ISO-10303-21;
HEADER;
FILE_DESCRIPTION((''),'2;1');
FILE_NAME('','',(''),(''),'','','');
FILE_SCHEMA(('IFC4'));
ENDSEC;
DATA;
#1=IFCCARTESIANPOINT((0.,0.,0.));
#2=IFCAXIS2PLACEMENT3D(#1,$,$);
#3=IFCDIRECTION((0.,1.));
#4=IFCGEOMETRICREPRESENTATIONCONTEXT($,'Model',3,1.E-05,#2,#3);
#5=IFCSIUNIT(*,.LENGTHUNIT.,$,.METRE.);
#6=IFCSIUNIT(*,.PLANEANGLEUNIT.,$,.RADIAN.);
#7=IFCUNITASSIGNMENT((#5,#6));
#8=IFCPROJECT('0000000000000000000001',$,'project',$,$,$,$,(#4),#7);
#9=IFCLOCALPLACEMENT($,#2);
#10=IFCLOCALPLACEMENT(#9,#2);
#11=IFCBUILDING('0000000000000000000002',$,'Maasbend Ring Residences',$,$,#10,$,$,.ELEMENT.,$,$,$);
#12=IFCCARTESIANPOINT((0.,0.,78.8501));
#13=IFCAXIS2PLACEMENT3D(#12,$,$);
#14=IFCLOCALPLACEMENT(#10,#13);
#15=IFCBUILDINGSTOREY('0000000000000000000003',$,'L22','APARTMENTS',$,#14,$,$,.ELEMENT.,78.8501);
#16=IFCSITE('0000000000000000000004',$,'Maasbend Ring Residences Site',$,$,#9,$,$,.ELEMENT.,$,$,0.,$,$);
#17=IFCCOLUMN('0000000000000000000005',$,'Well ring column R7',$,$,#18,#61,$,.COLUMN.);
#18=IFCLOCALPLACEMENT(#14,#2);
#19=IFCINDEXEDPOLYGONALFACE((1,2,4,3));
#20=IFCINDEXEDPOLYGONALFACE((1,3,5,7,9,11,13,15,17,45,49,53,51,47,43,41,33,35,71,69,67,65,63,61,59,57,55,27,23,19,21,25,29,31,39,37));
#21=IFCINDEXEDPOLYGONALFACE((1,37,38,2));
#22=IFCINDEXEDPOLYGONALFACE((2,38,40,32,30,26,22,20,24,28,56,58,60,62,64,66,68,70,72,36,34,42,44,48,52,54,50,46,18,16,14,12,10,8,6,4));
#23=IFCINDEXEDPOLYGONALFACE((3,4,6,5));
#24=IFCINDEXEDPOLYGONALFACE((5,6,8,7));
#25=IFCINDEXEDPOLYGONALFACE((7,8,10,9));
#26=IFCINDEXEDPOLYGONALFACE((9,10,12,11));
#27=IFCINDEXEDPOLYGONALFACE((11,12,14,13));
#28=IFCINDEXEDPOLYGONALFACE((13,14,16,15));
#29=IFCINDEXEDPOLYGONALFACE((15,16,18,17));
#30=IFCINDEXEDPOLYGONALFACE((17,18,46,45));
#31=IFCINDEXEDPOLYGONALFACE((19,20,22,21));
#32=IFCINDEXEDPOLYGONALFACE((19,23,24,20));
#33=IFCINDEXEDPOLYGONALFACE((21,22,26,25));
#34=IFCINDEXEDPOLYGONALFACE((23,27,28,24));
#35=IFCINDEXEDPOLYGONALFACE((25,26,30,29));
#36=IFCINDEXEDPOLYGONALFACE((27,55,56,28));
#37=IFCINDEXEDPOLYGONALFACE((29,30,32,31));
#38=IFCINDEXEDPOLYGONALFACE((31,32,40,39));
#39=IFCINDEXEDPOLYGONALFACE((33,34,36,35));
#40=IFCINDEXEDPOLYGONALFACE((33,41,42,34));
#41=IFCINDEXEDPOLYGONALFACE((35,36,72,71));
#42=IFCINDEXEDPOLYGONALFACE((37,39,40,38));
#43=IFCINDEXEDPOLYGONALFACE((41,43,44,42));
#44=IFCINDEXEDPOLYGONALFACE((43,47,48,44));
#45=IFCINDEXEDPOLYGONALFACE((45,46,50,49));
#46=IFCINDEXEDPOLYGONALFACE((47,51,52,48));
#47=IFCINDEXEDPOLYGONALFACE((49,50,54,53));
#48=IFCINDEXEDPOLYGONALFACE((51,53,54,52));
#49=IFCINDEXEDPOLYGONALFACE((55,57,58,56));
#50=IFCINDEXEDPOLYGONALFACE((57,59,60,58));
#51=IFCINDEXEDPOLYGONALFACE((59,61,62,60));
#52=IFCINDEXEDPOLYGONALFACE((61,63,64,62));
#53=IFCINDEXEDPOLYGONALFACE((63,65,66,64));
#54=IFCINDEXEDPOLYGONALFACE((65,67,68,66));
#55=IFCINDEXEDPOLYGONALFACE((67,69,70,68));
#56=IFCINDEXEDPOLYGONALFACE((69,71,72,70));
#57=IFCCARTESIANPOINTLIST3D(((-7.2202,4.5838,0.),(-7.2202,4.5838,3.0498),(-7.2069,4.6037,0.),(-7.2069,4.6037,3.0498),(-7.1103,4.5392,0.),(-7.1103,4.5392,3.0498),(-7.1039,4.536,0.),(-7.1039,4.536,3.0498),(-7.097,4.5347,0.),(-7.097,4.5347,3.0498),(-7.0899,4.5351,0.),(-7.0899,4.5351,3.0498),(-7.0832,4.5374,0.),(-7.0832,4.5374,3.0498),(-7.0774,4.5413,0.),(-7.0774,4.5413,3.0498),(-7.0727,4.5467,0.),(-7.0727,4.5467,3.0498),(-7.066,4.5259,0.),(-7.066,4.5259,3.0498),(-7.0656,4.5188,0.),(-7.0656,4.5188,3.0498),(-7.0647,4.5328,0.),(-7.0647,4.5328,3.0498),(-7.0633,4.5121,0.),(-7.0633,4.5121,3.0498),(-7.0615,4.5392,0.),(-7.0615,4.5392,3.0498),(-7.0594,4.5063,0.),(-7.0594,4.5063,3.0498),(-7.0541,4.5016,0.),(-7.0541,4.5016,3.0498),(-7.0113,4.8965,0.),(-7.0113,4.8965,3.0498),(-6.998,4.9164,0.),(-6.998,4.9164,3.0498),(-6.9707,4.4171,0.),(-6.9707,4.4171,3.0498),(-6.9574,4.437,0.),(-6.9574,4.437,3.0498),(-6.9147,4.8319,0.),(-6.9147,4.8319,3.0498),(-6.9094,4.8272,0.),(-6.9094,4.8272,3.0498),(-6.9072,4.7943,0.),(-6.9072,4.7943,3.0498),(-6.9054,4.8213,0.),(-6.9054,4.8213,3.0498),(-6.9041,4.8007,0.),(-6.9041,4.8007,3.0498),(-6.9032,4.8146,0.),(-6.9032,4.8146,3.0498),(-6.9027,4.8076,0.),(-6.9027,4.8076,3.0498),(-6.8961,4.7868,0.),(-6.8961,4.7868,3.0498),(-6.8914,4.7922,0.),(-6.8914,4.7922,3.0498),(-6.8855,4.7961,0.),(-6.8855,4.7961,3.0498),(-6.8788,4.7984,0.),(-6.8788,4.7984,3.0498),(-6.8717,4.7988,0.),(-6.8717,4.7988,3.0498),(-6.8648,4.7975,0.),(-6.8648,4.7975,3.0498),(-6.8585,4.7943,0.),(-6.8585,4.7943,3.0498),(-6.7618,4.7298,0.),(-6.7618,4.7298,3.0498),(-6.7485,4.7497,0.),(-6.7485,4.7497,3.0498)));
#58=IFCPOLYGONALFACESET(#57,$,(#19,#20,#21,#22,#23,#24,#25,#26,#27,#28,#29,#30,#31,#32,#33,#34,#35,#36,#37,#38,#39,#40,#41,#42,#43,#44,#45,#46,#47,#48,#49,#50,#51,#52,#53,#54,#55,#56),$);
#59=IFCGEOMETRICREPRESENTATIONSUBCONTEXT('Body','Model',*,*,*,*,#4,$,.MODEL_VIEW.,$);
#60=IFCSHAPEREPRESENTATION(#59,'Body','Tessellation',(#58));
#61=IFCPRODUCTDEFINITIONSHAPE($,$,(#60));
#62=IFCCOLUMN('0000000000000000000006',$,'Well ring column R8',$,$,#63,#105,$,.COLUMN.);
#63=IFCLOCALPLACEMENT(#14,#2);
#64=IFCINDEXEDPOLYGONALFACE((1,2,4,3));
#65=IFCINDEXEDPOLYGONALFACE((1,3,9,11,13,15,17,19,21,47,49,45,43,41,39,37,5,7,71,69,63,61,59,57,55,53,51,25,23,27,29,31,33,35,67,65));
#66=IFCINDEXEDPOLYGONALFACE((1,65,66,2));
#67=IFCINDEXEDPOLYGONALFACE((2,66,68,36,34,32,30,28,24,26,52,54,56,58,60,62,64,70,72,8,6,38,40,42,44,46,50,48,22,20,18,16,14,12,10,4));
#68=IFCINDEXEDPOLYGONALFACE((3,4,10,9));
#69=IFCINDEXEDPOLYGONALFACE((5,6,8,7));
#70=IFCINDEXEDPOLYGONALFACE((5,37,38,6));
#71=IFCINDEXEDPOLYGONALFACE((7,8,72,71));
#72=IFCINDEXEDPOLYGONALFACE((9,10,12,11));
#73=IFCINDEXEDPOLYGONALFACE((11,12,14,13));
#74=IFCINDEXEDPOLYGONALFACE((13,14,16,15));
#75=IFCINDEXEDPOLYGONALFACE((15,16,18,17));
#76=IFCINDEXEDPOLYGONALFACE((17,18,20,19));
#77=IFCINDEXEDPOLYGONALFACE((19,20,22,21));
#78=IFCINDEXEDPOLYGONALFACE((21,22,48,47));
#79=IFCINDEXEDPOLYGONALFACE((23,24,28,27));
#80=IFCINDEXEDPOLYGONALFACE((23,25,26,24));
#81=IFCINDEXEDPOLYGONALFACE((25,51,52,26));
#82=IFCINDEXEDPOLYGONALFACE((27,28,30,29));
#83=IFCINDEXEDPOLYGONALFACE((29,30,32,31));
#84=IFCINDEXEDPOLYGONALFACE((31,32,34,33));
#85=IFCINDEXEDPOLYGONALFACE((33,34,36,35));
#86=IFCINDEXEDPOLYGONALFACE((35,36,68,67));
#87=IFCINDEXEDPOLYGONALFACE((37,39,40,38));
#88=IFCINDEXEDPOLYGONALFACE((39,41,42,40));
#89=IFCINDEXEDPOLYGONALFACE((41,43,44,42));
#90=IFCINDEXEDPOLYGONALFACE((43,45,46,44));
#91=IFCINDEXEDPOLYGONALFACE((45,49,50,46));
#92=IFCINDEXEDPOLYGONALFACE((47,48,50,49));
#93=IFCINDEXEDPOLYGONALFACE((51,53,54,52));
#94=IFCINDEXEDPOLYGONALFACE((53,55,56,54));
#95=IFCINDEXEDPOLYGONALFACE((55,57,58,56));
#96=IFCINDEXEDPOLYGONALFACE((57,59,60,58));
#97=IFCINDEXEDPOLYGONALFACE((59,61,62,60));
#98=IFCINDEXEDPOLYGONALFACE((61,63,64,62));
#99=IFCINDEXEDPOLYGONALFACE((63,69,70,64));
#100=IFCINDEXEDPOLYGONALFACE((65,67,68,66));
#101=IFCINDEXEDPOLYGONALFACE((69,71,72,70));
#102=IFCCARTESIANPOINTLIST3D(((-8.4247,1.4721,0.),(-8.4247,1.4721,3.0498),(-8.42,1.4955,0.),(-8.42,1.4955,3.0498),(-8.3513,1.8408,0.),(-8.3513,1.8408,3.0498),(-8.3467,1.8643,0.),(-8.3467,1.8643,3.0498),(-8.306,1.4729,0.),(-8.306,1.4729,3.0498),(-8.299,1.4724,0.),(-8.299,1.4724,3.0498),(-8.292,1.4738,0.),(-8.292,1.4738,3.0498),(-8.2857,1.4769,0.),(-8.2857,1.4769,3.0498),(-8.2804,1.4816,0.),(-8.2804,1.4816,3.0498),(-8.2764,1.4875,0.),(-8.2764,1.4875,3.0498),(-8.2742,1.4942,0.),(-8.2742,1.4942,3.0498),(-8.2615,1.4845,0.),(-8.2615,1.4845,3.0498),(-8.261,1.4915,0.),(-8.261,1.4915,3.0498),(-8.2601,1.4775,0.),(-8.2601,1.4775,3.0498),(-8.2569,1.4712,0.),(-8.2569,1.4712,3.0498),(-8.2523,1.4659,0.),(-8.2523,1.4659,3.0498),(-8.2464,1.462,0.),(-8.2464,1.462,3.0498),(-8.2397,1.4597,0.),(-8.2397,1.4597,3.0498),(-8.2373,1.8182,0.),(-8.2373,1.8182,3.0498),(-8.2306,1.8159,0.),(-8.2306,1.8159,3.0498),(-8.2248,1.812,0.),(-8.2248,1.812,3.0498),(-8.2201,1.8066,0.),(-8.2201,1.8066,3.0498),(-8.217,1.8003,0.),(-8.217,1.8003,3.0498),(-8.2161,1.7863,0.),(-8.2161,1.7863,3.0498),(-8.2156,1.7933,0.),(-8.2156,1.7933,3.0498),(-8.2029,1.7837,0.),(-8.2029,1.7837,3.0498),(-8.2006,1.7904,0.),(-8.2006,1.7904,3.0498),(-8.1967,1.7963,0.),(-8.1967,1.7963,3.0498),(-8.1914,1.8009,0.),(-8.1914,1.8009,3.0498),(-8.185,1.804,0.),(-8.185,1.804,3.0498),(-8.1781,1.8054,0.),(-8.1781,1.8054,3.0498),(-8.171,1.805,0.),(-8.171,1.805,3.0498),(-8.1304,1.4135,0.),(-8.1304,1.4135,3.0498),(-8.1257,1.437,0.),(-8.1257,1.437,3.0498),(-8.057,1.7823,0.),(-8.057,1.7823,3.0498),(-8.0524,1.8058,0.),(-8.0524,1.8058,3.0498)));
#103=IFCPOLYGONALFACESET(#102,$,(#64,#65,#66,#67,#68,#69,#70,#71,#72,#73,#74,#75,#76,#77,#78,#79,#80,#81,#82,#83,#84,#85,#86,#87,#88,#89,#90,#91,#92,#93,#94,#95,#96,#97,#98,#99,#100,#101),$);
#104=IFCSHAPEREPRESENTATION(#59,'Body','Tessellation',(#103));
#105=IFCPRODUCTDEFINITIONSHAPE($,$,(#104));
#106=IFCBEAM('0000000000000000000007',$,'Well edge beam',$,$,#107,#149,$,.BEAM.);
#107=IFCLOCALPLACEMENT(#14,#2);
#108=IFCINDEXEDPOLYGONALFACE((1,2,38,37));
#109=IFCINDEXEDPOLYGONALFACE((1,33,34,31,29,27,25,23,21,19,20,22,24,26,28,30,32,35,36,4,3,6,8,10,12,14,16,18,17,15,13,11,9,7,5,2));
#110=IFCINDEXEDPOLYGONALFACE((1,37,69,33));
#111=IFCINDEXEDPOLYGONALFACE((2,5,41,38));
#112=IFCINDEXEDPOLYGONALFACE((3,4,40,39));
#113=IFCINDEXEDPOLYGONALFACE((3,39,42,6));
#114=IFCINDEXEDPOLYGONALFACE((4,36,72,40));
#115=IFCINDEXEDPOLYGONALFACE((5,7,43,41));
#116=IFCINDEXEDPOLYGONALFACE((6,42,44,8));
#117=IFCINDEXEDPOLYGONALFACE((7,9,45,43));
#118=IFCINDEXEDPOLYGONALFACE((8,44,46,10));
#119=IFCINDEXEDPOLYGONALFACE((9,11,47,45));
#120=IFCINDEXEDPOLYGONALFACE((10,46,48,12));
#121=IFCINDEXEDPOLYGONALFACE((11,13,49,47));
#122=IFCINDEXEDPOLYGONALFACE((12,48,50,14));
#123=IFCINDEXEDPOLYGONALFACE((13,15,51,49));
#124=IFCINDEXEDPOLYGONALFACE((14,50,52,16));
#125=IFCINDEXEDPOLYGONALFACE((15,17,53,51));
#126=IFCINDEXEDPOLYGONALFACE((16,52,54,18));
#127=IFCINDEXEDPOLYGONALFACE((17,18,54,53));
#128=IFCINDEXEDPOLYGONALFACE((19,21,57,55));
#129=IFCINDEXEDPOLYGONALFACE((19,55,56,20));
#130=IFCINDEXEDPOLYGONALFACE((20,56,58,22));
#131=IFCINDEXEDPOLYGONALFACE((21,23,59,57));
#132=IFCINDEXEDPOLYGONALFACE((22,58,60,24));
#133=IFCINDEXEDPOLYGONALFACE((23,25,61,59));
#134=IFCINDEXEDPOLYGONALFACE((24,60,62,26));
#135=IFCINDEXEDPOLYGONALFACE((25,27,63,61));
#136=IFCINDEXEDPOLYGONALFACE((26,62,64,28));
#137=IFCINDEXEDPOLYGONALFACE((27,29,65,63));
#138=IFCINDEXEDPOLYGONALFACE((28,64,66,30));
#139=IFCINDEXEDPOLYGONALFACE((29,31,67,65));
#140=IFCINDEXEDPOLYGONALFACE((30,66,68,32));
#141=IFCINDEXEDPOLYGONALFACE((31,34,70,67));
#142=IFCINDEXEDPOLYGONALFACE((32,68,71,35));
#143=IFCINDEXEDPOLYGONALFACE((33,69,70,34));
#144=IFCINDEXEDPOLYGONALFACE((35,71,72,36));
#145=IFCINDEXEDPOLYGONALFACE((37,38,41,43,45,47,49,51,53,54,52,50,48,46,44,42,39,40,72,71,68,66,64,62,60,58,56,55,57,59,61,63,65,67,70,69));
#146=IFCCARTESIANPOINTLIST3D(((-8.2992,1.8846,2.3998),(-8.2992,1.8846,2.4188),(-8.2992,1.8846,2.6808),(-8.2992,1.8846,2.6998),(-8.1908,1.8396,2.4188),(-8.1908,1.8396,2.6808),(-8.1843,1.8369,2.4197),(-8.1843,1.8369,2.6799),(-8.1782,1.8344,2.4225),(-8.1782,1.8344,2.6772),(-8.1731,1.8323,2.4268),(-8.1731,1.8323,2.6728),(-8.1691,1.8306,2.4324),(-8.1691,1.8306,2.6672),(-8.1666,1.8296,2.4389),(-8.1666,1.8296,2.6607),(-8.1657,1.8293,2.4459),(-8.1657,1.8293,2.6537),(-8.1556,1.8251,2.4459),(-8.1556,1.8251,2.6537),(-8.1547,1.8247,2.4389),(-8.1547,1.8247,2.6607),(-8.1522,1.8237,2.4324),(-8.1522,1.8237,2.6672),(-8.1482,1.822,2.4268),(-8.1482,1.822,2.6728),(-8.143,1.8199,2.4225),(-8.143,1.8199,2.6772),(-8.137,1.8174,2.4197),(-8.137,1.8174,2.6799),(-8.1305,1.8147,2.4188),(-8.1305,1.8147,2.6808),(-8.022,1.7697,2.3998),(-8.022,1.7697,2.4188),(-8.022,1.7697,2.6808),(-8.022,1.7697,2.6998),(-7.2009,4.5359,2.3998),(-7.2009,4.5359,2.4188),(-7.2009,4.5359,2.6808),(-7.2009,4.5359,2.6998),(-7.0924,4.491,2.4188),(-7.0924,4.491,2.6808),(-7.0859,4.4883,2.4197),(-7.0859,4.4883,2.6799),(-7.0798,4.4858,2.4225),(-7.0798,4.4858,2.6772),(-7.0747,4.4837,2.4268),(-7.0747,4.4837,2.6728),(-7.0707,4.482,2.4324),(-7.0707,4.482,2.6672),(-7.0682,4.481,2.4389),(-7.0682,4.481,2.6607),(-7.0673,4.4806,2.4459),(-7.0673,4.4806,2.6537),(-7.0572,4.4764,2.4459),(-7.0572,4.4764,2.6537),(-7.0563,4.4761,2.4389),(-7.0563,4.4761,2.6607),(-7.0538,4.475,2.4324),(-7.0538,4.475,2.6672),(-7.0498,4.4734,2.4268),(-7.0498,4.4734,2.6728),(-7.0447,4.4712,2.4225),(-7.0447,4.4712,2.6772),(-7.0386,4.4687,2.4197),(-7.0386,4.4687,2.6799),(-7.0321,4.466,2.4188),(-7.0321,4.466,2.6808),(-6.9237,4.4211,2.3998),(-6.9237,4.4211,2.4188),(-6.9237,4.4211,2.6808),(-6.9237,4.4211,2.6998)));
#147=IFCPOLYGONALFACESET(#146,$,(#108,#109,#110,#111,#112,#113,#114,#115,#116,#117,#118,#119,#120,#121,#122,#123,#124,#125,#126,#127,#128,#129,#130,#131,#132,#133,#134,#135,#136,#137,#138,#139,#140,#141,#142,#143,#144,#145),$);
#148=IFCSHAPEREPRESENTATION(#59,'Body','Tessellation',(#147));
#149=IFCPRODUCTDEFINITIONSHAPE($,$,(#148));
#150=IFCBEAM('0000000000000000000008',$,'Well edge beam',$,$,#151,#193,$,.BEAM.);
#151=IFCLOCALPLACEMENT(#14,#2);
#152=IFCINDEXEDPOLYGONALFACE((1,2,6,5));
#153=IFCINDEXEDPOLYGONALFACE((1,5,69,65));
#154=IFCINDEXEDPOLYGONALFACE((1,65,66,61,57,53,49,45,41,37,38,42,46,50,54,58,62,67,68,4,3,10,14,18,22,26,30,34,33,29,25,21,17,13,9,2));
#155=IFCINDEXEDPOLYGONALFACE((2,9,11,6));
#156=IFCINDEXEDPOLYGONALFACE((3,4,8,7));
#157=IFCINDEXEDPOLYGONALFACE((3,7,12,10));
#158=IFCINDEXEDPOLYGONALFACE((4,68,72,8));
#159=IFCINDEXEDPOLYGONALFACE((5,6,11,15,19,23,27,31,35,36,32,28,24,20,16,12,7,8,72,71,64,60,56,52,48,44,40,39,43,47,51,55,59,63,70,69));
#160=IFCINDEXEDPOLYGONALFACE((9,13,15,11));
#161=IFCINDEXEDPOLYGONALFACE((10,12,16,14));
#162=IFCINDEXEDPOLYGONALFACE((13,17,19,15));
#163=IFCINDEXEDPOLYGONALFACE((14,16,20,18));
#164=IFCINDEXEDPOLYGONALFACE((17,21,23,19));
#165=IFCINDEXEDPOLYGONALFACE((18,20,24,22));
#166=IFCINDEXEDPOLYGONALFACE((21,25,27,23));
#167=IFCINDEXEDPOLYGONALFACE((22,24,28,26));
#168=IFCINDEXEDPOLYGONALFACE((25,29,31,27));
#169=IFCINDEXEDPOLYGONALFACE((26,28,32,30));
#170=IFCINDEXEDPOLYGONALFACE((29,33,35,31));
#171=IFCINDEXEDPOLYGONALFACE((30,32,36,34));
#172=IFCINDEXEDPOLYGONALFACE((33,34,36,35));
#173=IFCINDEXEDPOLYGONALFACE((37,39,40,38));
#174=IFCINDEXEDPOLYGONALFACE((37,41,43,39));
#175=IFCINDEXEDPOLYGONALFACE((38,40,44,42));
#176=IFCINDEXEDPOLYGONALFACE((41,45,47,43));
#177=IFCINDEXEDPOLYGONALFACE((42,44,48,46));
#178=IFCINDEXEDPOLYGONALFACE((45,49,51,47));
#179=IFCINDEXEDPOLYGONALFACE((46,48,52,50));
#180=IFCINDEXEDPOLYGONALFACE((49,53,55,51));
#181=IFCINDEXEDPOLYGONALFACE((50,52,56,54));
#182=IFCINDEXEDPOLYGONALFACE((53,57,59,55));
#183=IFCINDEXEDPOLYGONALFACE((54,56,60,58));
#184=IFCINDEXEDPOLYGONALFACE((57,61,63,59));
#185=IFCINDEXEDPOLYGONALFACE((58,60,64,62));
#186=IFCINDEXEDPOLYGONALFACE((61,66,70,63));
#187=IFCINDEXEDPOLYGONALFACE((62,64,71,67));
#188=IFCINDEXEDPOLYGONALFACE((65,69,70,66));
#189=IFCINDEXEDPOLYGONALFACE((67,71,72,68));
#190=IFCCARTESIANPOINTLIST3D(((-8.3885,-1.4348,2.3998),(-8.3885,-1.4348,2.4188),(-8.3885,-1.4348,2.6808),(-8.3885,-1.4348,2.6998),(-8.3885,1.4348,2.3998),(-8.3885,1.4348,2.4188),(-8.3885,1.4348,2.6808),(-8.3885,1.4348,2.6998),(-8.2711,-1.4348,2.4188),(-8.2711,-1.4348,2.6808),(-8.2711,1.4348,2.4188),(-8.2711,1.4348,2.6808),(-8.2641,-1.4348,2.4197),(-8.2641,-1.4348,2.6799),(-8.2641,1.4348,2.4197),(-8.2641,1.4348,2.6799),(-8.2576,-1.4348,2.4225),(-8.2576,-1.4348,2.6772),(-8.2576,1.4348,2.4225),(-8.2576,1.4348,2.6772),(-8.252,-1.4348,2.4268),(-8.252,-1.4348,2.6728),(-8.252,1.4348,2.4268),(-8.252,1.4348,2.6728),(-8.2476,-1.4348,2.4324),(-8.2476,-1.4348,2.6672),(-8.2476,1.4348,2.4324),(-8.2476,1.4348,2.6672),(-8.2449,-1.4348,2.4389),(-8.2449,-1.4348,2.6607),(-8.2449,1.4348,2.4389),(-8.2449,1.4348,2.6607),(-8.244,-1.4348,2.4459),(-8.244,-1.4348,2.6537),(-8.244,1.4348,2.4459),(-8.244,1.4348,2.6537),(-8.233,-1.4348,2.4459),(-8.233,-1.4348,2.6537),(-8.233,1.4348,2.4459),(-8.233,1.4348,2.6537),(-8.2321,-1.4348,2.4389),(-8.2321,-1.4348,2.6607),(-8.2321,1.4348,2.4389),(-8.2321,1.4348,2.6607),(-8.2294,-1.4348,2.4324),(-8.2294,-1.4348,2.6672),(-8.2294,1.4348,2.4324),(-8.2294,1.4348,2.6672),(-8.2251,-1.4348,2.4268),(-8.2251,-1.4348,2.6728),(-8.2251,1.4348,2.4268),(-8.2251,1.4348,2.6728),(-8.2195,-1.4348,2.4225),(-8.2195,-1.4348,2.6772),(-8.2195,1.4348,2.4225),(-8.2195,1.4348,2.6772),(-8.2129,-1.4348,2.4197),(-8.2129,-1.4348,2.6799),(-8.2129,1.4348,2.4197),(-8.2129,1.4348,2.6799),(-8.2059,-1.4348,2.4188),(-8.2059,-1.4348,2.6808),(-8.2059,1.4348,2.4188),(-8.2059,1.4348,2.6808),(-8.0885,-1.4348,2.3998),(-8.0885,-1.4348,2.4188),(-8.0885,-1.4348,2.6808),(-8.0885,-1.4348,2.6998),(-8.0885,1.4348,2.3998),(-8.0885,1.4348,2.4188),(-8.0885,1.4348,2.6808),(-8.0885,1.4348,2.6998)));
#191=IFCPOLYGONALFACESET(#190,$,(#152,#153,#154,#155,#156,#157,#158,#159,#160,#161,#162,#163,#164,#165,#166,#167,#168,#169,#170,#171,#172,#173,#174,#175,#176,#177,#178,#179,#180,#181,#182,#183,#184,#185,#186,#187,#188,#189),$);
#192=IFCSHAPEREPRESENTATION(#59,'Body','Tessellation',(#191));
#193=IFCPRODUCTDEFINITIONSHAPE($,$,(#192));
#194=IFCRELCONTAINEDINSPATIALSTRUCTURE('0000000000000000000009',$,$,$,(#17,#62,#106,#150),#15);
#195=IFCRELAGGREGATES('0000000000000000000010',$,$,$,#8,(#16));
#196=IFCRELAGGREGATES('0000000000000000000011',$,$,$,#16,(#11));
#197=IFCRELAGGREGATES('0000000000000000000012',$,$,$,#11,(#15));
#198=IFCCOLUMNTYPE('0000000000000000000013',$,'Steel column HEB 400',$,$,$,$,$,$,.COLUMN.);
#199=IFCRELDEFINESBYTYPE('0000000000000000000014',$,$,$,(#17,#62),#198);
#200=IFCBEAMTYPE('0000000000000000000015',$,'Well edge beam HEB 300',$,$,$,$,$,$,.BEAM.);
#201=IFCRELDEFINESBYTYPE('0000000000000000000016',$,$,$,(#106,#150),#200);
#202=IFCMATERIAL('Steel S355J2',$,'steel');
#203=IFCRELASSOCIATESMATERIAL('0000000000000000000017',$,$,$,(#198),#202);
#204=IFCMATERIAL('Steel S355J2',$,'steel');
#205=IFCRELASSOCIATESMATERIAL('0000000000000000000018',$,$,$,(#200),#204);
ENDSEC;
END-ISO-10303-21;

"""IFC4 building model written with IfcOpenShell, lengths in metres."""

from ifc_helpers import new_model, si_unit, direction, frame, origin, origin_2d, place, context, subcontext, project, spatial, i_section, extrude, material, material_profile, profile_set, type_object, element, save


model = new_model("IFC4")

# Units and contexts
model_context = context("Model", 3, precision=1e-05, world=origin(), true_north=direction((0.0, 1.0)))
body_context = subcontext(model_context, "Body", "Model", "MODEL_VIEW")
ifc_project = project(units=[si_unit("LENGTHUNIT", "METRE"), si_unit("PLANEANGLEUNIT", "RADIAN")], contexts=[model_context])

# Site, building, storey
site_placement = place(None, origin())
site = spatial("IfcSite", under=ifc_project, at=site_placement, Name="Maasbend Ring Residences Site", CompositionType="ELEMENT", RefElevation=0.0)
building_placement = place(site_placement, origin())
building = spatial("IfcBuilding", under=site, at=building_placement, Name="Maasbend Ring Residences", CompositionType="ELEMENT")
storey_placement = place(building_placement, frame((0.0, 0.0, 78.8501)))
storey = spatial("IfcBuildingStorey", under=building, at=storey_placement, Name="L22", Description="APARTMENTS", CompositionType="ELEMENT", Elevation=78.8501)

# Columns
ifc_material_1 = material(Name="Steel S355J2", Category="steel")
ifc_material_profile_1 = material_profile(ifc_material_1, i_section(OverallWidth=0.3, OverallDepth=0.3999, WebThickness=0.0134, FlangeThickness=0.0239, FilletRadius=0.0271, at=origin_2d()), Name="HEB 400")
ifc_profile_set_1 = profile_set([ifc_material_profile_1], Name="Steel S355J2")
column_type = type_object("IfcColumnType", Name="Steel column HEB 400", PredefinedType="COLUMN", material=ifc_profile_set_1)
for number, where, z_axis, x_axis, name in (
    (1, (-6.9844, 4.6667, 0.0), (0.0, 0.0, 1.0), (-0.83147, 0.55557, 0.0), "Well ring column R7"),
    (2, (-8.2385, 1.6389, 0.0), (0.0, 0.0, 1.0), (-0.980785, 0.19509, 0.0), "Well ring column R8"),
):
    element("IfcColumn", number, at=place(storey_placement, frame(where, z_axis=z_axis, x_axis=x_axis)), inside=storey, type_object=column_type, Name=name, PredefinedType="COLUMN", context=body_context, shape_type="SweptSolid", body=[
        extrude(i_section(OverallWidth=0.3, OverallDepth=0.3999, WebThickness=0.0134, FlangeThickness=0.0239, FilletRadius=0.0271, at=origin_2d()), origin(), (0.0, 0.0, 1.0), 3.0498),
    ])

# Beams
ifc_material_2 = material(Name="Steel S355J2", Category="steel")
ifc_material_profile_2 = material_profile(ifc_material_2, i_section(OverallWidth=0.3, OverallDepth=0.3, WebThickness=0.011, FlangeThickness=0.019, FilletRadius=0.0271, at=origin_2d()), Name="HEB 300")
ifc_profile_set_2 = profile_set([ifc_material_profile_2], Name="Steel S355J2")
beam_type = type_object("IfcBeamType", Name="Well edge beam HEB 300", PredefinedType="BEAM", material=ifc_profile_set_2)
beam_1_placement = place(storey_placement, frame((-7.0623, 4.4785, 2.5498), z_axis=(-0.38273, -0.92386, 0.0), x_axis=(0.92386, -0.38273, 0.0)))
element("IfcBeam", 3, at=beam_1_placement, inside=storey, type_object=beam_type, Name="Well edge beam", PredefinedType="BEAM", context=body_context, shape_type="SweptSolid", body=[
    extrude(i_section(OverallWidth=0.3, OverallDepth=0.3, WebThickness=0.011, FlangeThickness=0.019, FilletRadius=0.0271, at=origin_2d()), origin(), (0.0, 0.0, 1.0), 2.8699),
])
beam_2_placement = place(storey_placement, frame((-8.2385, 1.4348, 2.5498), z_axis=(0.0, -1.0, 0.0), x_axis=(1.0, 0.0, 0.0)))
element("IfcBeam", 4, at=beam_2_placement, inside=storey, type_object=beam_type, Name="Well edge beam", PredefinedType="BEAM", context=body_context, shape_type="SweptSolid", body=[
    extrude(i_section(OverallWidth=0.3, OverallDepth=0.3, WebThickness=0.011, FlangeThickness=0.019, FilletRadius=0.0271, at=origin_2d()), origin(), (0.0, 0.0, 1.0), 2.8696),
])

save(model, "model.ifc")
